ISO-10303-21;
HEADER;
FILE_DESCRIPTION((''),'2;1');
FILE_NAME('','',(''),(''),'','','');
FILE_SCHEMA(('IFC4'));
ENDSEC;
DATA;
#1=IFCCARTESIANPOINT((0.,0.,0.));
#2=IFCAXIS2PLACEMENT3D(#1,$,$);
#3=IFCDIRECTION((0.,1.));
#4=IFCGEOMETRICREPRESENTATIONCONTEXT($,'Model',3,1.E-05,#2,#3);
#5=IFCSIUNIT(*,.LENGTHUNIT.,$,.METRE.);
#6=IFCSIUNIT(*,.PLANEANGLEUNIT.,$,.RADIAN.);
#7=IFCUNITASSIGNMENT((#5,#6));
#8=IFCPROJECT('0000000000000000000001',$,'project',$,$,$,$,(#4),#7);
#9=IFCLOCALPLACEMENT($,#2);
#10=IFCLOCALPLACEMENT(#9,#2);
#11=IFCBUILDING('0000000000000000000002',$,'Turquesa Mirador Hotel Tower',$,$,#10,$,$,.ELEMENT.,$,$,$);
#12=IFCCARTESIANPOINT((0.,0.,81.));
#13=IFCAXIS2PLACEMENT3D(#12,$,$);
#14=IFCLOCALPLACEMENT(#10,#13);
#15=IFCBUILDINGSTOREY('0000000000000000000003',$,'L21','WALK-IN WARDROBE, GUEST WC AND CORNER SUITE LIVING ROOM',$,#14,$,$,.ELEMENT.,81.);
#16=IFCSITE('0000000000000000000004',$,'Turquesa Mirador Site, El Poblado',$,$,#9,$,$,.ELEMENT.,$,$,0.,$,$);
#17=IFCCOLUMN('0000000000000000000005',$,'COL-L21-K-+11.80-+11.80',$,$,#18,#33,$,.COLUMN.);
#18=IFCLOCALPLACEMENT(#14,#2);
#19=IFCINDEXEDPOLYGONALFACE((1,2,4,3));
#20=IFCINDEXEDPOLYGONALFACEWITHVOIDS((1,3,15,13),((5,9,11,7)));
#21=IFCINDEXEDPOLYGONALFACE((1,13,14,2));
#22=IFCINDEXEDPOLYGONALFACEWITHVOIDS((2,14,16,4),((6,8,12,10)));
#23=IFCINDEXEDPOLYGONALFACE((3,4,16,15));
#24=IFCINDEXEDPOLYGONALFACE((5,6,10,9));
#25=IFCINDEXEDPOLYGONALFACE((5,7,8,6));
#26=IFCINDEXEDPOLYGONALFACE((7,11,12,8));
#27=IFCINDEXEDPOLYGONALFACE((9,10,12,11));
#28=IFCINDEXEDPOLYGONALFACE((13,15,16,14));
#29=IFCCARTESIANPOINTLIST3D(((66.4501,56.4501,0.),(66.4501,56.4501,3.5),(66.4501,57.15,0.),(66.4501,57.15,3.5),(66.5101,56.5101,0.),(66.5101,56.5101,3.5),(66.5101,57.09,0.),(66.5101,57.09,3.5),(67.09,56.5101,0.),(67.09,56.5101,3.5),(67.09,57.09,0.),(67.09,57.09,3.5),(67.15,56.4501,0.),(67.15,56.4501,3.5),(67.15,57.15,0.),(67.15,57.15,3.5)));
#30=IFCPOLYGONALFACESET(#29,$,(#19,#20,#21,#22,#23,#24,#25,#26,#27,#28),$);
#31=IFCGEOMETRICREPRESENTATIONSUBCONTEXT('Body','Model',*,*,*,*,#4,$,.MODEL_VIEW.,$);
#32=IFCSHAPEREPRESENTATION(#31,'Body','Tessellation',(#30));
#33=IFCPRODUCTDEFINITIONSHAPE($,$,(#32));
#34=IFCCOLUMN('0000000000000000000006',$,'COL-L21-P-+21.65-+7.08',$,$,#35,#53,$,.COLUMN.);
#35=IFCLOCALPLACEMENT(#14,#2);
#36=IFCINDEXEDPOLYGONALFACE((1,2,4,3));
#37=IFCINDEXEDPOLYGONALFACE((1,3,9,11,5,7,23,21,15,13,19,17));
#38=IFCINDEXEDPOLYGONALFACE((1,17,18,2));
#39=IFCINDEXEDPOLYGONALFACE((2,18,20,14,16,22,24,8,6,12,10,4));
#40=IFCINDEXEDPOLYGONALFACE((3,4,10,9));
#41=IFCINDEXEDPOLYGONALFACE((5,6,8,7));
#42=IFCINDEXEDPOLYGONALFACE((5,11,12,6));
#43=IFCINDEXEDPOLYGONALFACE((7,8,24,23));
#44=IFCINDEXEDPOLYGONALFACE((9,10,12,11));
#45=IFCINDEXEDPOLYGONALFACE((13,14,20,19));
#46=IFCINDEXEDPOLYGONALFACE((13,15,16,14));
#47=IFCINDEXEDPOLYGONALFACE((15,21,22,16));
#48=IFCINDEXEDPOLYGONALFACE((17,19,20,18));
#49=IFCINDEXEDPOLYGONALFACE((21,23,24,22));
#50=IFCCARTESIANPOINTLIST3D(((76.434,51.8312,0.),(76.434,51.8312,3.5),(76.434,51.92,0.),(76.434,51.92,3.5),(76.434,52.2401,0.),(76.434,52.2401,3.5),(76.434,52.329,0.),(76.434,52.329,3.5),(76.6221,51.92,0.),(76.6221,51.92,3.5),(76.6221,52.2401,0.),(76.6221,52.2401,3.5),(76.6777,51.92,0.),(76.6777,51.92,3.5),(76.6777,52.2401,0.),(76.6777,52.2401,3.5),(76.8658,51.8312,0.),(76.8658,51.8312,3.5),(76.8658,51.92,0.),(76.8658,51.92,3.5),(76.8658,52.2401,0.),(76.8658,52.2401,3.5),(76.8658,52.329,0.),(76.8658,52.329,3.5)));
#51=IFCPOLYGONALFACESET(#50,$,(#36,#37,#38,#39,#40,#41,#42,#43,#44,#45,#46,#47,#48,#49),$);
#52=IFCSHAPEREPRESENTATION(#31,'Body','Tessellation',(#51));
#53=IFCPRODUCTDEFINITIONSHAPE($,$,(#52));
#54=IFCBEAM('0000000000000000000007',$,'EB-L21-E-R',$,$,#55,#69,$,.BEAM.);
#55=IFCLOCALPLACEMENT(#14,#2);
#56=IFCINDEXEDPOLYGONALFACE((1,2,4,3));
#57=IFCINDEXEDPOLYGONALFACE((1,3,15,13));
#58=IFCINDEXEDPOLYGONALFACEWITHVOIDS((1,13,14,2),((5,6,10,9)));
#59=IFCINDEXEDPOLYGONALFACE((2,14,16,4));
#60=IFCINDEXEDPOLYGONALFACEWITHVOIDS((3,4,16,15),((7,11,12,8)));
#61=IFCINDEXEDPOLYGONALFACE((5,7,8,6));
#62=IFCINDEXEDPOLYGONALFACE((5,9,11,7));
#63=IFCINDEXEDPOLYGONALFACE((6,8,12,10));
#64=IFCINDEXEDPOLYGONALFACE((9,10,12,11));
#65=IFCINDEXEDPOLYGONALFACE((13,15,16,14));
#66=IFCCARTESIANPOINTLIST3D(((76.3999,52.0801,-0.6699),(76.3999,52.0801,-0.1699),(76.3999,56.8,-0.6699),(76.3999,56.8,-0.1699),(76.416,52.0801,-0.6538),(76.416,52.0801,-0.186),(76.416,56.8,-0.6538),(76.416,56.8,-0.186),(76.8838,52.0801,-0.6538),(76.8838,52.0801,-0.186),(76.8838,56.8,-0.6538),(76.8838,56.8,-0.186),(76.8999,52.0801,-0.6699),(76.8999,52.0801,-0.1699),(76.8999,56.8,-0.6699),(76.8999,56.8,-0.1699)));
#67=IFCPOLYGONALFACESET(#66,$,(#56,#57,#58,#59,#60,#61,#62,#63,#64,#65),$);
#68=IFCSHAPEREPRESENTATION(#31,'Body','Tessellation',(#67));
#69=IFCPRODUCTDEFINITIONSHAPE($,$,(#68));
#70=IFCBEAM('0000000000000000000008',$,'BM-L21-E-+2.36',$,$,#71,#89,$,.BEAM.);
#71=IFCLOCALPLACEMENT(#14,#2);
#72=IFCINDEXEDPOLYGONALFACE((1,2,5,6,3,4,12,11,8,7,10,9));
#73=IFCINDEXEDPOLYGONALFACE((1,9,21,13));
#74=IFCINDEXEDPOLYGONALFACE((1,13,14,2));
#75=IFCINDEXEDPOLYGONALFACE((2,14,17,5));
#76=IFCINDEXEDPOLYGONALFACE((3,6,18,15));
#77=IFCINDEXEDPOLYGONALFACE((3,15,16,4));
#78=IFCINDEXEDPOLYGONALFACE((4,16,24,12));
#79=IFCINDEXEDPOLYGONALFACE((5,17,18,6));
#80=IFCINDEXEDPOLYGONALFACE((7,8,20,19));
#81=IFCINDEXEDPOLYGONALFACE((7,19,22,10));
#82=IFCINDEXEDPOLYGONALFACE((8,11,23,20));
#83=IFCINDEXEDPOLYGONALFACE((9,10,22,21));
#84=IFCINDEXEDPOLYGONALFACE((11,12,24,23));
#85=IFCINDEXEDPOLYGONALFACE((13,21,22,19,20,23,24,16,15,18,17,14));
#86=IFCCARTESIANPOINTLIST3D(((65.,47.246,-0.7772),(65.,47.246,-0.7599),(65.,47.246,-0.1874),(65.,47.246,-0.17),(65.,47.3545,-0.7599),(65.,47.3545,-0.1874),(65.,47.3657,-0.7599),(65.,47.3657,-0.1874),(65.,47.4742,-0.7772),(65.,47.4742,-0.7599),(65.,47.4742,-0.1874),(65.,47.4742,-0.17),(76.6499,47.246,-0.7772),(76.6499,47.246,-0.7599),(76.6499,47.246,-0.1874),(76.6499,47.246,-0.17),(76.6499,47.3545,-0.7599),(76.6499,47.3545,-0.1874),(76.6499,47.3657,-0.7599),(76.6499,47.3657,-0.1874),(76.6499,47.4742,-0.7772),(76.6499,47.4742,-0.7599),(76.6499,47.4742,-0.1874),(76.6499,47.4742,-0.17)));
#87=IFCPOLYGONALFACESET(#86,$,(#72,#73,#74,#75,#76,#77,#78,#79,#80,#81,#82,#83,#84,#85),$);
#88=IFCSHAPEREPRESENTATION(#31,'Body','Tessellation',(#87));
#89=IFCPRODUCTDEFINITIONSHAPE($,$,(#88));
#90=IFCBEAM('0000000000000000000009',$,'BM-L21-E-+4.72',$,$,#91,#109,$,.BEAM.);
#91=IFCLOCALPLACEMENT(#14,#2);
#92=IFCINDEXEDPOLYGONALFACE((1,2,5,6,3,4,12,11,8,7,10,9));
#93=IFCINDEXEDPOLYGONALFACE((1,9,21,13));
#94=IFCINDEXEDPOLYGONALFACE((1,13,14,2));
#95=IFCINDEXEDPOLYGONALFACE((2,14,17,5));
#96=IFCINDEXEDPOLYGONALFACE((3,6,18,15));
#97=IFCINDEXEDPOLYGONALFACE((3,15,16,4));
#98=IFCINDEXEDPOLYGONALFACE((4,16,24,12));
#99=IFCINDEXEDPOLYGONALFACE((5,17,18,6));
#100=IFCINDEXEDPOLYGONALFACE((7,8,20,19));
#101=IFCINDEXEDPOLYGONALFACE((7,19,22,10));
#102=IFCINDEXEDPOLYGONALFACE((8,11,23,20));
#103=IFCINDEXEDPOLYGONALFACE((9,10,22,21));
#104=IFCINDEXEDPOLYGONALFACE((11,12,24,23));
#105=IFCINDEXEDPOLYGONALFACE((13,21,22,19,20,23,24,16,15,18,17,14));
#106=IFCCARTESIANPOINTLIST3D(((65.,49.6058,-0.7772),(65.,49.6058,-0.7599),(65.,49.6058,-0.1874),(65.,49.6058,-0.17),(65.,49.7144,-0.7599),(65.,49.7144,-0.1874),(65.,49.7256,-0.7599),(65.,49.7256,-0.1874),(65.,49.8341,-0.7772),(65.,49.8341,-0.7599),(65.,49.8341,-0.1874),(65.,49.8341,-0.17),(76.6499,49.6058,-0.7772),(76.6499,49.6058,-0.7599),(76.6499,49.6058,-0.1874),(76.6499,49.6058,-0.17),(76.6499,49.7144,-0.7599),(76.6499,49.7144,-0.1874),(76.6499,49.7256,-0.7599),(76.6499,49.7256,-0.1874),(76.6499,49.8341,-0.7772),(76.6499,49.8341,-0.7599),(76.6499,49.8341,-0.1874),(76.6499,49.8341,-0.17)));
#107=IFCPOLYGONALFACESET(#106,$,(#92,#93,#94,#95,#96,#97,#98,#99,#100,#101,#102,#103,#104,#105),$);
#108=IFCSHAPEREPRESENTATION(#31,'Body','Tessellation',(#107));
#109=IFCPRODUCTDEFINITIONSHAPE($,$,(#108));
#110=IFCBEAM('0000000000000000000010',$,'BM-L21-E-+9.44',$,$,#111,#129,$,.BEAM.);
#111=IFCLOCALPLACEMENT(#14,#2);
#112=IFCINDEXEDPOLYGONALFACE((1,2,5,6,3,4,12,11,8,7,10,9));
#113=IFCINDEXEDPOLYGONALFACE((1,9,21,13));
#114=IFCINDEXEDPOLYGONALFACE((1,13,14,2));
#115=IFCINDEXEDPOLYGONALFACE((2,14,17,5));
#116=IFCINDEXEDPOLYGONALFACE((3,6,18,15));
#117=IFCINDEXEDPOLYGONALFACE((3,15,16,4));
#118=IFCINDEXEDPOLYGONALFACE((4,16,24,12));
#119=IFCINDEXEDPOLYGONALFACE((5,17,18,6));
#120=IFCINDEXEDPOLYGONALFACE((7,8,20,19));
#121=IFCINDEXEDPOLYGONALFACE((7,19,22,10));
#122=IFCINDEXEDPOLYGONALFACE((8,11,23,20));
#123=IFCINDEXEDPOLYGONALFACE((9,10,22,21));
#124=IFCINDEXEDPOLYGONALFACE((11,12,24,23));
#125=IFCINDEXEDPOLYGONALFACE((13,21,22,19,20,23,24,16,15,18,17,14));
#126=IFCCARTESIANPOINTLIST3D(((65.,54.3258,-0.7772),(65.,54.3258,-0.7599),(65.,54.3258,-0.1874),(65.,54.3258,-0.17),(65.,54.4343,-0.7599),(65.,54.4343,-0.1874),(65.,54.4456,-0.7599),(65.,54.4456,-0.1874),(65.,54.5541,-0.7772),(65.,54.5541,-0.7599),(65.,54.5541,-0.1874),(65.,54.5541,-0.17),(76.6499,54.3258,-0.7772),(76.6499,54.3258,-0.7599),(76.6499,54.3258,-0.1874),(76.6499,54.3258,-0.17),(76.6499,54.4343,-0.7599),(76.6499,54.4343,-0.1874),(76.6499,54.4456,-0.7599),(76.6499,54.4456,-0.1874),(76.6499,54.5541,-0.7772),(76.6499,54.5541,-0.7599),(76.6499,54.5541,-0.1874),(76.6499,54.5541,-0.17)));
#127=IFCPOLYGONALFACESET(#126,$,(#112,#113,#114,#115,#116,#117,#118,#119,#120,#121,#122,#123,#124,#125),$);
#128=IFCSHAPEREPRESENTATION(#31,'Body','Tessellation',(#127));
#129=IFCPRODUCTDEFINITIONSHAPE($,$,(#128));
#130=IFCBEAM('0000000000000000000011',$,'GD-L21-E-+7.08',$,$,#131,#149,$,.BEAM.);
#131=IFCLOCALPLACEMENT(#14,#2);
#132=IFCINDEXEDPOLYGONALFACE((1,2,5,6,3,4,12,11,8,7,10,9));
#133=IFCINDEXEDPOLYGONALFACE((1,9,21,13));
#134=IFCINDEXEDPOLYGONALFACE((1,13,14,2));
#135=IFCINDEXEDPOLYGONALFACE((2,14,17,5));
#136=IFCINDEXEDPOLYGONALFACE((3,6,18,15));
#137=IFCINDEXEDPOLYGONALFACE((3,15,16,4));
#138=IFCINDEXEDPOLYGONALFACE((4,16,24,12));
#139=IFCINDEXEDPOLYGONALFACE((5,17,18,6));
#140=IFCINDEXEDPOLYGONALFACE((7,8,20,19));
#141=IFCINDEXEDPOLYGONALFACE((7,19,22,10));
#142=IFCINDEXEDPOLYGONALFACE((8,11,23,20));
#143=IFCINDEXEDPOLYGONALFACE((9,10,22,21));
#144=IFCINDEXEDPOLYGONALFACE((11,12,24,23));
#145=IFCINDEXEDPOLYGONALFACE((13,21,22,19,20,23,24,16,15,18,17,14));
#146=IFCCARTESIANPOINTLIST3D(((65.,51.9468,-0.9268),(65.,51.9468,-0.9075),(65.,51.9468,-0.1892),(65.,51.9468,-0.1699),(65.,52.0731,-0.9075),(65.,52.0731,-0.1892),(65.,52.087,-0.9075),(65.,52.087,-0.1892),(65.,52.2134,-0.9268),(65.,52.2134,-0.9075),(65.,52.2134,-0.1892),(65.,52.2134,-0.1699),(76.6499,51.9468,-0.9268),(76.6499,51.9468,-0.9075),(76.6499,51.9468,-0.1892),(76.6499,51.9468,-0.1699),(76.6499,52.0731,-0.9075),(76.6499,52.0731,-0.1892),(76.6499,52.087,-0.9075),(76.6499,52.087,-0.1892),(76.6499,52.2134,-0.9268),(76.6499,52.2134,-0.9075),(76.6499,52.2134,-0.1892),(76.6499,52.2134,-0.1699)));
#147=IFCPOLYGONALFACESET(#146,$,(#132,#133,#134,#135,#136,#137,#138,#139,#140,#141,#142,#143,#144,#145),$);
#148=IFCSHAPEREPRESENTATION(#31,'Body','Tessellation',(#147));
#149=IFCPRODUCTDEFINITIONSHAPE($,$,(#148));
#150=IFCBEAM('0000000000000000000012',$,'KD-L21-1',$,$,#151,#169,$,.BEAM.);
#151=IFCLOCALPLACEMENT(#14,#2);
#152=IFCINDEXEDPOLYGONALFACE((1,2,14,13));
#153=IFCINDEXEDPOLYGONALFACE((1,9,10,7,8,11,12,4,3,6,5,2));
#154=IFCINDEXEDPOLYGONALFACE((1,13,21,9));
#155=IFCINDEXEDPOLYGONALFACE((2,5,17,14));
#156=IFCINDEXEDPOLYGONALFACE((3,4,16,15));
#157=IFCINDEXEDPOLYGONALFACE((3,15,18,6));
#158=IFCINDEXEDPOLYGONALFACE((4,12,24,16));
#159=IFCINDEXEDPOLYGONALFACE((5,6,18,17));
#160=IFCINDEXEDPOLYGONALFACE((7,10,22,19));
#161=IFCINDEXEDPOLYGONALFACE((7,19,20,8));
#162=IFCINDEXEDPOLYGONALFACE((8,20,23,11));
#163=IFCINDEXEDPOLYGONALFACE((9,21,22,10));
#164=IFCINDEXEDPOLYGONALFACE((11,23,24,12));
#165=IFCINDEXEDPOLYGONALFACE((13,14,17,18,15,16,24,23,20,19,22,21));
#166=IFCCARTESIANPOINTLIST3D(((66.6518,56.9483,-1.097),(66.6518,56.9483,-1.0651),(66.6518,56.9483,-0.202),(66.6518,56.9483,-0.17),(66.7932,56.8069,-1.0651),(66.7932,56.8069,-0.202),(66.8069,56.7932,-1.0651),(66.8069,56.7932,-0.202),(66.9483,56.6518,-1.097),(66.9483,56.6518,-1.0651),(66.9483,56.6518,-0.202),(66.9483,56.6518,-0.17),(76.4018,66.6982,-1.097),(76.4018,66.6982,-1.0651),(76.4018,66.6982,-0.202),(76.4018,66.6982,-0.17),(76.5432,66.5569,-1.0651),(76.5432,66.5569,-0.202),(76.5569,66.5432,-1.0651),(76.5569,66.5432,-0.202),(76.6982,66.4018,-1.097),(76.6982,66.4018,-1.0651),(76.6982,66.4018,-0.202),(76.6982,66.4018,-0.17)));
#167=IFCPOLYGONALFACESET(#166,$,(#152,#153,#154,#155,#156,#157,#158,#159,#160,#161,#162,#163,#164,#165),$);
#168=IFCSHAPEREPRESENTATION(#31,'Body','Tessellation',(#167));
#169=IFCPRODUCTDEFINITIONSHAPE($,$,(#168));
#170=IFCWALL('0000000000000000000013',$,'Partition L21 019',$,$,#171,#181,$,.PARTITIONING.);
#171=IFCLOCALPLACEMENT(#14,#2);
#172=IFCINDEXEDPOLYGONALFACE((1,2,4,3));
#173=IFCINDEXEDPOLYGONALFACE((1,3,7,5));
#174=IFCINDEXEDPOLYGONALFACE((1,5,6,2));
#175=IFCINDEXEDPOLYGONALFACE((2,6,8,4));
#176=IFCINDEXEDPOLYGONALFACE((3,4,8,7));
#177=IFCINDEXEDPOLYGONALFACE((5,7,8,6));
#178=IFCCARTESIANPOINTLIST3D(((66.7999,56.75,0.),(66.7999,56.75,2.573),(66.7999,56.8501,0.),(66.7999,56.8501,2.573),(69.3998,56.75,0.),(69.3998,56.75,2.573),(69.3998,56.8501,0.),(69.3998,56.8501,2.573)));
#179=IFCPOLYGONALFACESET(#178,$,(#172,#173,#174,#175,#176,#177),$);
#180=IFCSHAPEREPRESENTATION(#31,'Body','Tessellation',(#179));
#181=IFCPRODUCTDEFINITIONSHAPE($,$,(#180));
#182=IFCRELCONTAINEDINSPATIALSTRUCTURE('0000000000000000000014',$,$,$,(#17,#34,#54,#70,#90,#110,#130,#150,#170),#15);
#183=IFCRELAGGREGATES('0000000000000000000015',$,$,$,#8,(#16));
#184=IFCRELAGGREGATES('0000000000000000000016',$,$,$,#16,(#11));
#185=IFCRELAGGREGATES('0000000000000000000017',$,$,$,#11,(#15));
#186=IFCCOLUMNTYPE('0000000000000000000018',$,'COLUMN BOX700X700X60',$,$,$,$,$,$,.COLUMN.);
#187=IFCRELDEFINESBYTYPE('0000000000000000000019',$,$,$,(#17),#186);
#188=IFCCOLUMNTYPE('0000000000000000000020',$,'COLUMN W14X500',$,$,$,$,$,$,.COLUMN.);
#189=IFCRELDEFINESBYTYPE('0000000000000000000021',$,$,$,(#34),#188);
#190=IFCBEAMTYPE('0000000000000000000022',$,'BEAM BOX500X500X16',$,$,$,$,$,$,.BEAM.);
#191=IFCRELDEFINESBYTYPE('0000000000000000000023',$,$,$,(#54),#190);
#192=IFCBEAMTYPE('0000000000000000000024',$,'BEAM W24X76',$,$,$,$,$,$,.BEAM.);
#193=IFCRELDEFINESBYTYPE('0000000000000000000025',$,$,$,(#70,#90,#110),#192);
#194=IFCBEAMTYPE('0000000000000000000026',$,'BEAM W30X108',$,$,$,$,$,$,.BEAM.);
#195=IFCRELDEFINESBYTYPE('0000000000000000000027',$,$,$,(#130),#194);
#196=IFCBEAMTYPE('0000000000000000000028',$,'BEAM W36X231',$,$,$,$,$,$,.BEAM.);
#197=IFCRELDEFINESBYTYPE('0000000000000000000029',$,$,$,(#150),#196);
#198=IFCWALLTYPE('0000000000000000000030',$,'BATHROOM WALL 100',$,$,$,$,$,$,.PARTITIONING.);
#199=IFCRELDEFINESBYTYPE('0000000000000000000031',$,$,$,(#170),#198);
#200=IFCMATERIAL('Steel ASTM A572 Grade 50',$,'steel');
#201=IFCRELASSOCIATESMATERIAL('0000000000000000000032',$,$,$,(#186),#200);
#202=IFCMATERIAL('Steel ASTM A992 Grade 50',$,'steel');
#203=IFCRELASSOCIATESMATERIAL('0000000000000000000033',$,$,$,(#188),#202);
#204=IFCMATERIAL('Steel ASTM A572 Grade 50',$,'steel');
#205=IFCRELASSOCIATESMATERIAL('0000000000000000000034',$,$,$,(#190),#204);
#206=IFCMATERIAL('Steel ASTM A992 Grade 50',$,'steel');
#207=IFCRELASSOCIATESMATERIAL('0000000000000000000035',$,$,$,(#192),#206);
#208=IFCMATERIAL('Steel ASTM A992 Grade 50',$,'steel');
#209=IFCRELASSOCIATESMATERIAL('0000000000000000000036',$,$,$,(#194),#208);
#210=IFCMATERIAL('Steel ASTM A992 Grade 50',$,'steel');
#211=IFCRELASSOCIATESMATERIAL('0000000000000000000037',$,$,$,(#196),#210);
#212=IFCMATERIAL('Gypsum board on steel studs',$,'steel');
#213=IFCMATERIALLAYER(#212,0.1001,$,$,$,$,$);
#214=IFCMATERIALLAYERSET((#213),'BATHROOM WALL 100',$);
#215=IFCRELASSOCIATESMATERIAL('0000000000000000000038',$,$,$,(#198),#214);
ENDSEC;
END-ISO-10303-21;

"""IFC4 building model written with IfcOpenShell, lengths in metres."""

from ifc_helpers import new_model, si_unit, direction, frame, frame_2d, origin, origin_2d, place, context, subcontext, project, spatial, rectangle, hollow_rectangle, i_section, extrude, material, layer, layer_set, material_profile, profile_set, type_object, element, save


model = new_model("IFC4")

# Units and contexts
model_context = context("Model", 3, precision=1e-05, world=origin(), true_north=direction((0.0, 1.0)))
body_context = subcontext(model_context, "Body", "Model", "MODEL_VIEW")
ifc_project = project(units=[si_unit("LENGTHUNIT", "METRE"), si_unit("PLANEANGLEUNIT", "RADIAN")], contexts=[model_context])

# Site, building, storey
site_placement = place(None, origin())
site = spatial("IfcSite", under=ifc_project, at=site_placement, Name="Turquesa Mirador Site, El Poblado", CompositionType="ELEMENT", RefElevation=0.0)
building_placement = place(site_placement, origin())
building = spatial("IfcBuilding", under=site, at=building_placement, Name="Turquesa Mirador Hotel Tower", CompositionType="ELEMENT")
storey_placement = place(building_placement, frame((0.0, 0.0, 81.0)))
storey = spatial("IfcBuildingStorey", under=building, at=storey_placement, Name="L21", Description="WALK-IN WARDROBE, GUEST WC AND CORNER SUITE LIVING ROOM", CompositionType="ELEMENT", Elevation=81.0)

# Columns
ifc_material_1 = material(Name="Steel ASTM A572 Grade 50", Category="steel")
ifc_material_profile_1 = material_profile(ifc_material_1, hollow_rectangle(XDim=0.7, YDim=0.7, WallThickness=0.0601, at=origin_2d()), Name="BOX700X700X60")
ifc_profile_set_1 = profile_set([ifc_material_profile_1], Name="Steel ASTM A572 Grade 50")
column_type_1 = type_object("IfcColumnType", Name="COLUMN BOX700X700X60", PredefinedType="COLUMN", material=ifc_profile_set_1)
column_1_placement = place(storey_placement, frame((66.8, 56.8, 0.0), z_axis=(0.0, 0.0, 1.0), x_axis=(1.0, 0.0, 0.0)))
element("IfcColumn", 1, at=column_1_placement, inside=storey, type_object=column_type_1, Name="COL-L21-K-+11.80-+11.80", PredefinedType="COLUMN", context=body_context, shape_type="SweptSolid", body=[
    extrude(hollow_rectangle(XDim=0.7, YDim=0.7, WallThickness=0.0601, at=origin_2d()), origin(), (0.0, 0.0, 1.0), 3.5),
])
ifc_material_2 = material(Name="Steel ASTM A992 Grade 50", Category="steel")
ifc_material_profile_2 = material_profile(ifc_material_2, i_section(OverallWidth=0.4319, OverallDepth=0.4978, WebThickness=0.0557, FlangeThickness=0.0889, at=origin_2d()), Name="W14X500")
ifc_profile_set_2 = profile_set([ifc_material_profile_2], Name="Steel ASTM A992 Grade 50")
column_type_2 = type_object("IfcColumnType", Name="COLUMN W14X500", PredefinedType="COLUMN", material=ifc_profile_set_2)
column_2_placement = place(storey_placement, frame((76.6499, 52.0801, 0.0), z_axis=(0.0, 0.0, 1.0), x_axis=(1.0, 0.0, 0.0)))
element("IfcColumn", 2, at=column_2_placement, inside=storey, type_object=column_type_2, Name="COL-L21-P-+21.65-+7.08", PredefinedType="COLUMN", context=body_context, shape_type="SweptSolid", body=[
    extrude(i_section(OverallWidth=0.4319, OverallDepth=0.4978, WebThickness=0.0557, FlangeThickness=0.0889, at=origin_2d()), origin(), (0.0, 0.0, 1.0), 3.5),
])

# Beams
ifc_material_3 = material(Name="Steel ASTM A572 Grade 50", Category="steel")
ifc_material_profile_3 = material_profile(ifc_material_3, hollow_rectangle(XDim=0.5, YDim=0.5, WallThickness=0.0161, at=origin_2d()), Name="BOX500X500X16")
ifc_profile_set_3 = profile_set([ifc_material_profile_3], Name="Steel ASTM A572 Grade 50")
beam_type_1 = type_object("IfcBeamType", Name="BEAM BOX500X500X16", PredefinedType="BEAM", material=ifc_profile_set_3)
beam_1_placement = place(storey_placement, frame((76.6499, 52.0801, -0.4199), z_axis=(0.0, 1.0, 0.0), x_axis=(-1.0, 0.0, 0.0)))
element("IfcBeam", 3, at=beam_1_placement, inside=storey, type_object=beam_type_1, Name="EB-L21-E-R", PredefinedType="BEAM", context=body_context, shape_type="SweptSolid", body=[
    extrude(hollow_rectangle(XDim=0.5, YDim=0.5, WallThickness=0.0161, at=origin_2d()), origin(), (0.0, 0.0, 1.0), 4.72),
])
ifc_material_4 = material(Name="Steel ASTM A992 Grade 50", Category="steel")
ifc_material_profile_4 = material_profile(ifc_material_4, i_section(OverallWidth=0.2283, OverallDepth=0.6072, WebThickness=0.0112, FlangeThickness=0.0173, at=origin_2d()), Name="W24X76")
ifc_profile_set_4 = profile_set([ifc_material_profile_4], Name="Steel ASTM A992 Grade 50")
beam_type_2 = type_object("IfcBeamType", Name="BEAM W24X76", PredefinedType="BEAM", material=ifc_profile_set_4)
for number, where, z_axis, x_axis, name in (
    (4, (76.6499, 47.3601, -0.4736), (-1.0, 0.0, 0.0), (0.0, -1.0, 0.0), "BM-L21-E-+2.36"),
    (5, (76.6499, 49.72, -0.4736), (-1.0, 0.0, 0.0), (0.0, -1.0, 0.0), "BM-L21-E-+4.72"),
    (6, (76.6499, 54.4399, -0.4736), (-1.0, 0.0, 0.0), (0.0, -1.0, 0.0), "BM-L21-E-+9.44"),
):
    element("IfcBeam", number, at=place(storey_placement, frame(where, z_axis=z_axis, x_axis=x_axis)), inside=storey, type_object=beam_type_2, Name=name, PredefinedType="BEAM", context=body_context, shape_type="SweptSolid", body=[
        extrude(i_section(OverallWidth=0.2283, OverallDepth=0.6072, WebThickness=0.0112, FlangeThickness=0.0173, at=origin_2d()), origin(), (0.0, 0.0, 1.0), 11.6499),
    ])
ifc_material_5 = material(Name="Steel ASTM A992 Grade 50", Category="steel")
ifc_material_profile_5 = material_profile(ifc_material_5, i_section(OverallWidth=0.2666, OverallDepth=0.7568, WebThickness=0.0139, FlangeThickness=0.0193, at=origin_2d()), Name="W30X108")
ifc_profile_set_5 = profile_set([ifc_material_profile_5], Name="Steel ASTM A992 Grade 50")
beam_type_3 = type_object("IfcBeamType", Name="BEAM W30X108", PredefinedType="BEAM", material=ifc_profile_set_5)
beam_2_placement = place(storey_placement, frame((76.6499, 52.0801, -0.5483), z_axis=(-1.0, 0.0, 0.0), x_axis=(0.0, -1.0, 0.0)))
element("IfcBeam", 7, at=beam_2_placement, inside=storey, type_object=beam_type_3, Name="GD-L21-E-+7.08", PredefinedType="BEAM", context=body_context, shape_type="SweptSolid", body=[
    extrude(i_section(OverallWidth=0.2666, OverallDepth=0.7568, WebThickness=0.0139, FlangeThickness=0.0193, at=origin_2d()), origin(), (0.0, 0.0, 1.0), 11.6499),
])
ifc_material_6 = material(Name="Steel ASTM A992 Grade 50", Category="steel")
ifc_material_profile_6 = material_profile(ifc_material_6, i_section(OverallWidth=0.4192, OverallDepth=0.927, WebThickness=0.0193, FlangeThickness=0.032, at=origin_2d()), Name="W36X231")
ifc_profile_set_6 = profile_set([ifc_material_profile_6], Name="Steel ASTM A992 Grade 50")
beam_type_4 = type_object("IfcBeamType", Name="BEAM W36X231", PredefinedType="BEAM", material=ifc_profile_set_6)
beam_3_placement = place(storey_placement, frame((66.8, 56.8, -0.6335), z_axis=(0.707107, 0.707107, 0.0), x_axis=(-0.707107, 0.707107, 0.0)))
element("IfcBeam", 8, at=beam_3_placement, inside=storey, type_object=beam_type_4, Name="KD-L21-1", PredefinedType="BEAM", context=body_context, shape_type="SweptSolid", body=[
    extrude(i_section(OverallWidth=0.4192, OverallDepth=0.927, WebThickness=0.0193, FlangeThickness=0.032, at=origin_2d()), origin(), (0.0, 0.0, 1.0), 13.7886),
])

# Wall
ifc_material_7 = material(Name="Gypsum board on steel studs", Category="steel")
ifc_layer_1 = layer(ifc_material_7, 0.1001)
ifc_layer_set_1 = layer_set([ifc_layer_1], Name="BATHROOM WALL 100")
wall_type_1 = type_object("IfcWallType", Name="BATHROOM WALL 100", PredefinedType="PARTITIONING", material=ifc_layer_set_1)
wall_1_placement = place(storey_placement, frame((66.8, 56.8, 0.0), z_axis=(0.0, 0.0, 1.0), x_axis=(1.0, 0.0, 0.0)))
element("IfcWall", 9, at=wall_1_placement, inside=storey, type_object=wall_type_1, Name="Partition L21 019", PredefinedType="PARTITIONING", context=body_context, shape_type="SweptSolid", body=[
    extrude(rectangle(XDim=2.5999, YDim=0.1001, at=frame_2d((1.2998, 0.0))), origin(), (0.0, 0.0, 1.0), 2.573),
])

save(model, "model.ifc")
